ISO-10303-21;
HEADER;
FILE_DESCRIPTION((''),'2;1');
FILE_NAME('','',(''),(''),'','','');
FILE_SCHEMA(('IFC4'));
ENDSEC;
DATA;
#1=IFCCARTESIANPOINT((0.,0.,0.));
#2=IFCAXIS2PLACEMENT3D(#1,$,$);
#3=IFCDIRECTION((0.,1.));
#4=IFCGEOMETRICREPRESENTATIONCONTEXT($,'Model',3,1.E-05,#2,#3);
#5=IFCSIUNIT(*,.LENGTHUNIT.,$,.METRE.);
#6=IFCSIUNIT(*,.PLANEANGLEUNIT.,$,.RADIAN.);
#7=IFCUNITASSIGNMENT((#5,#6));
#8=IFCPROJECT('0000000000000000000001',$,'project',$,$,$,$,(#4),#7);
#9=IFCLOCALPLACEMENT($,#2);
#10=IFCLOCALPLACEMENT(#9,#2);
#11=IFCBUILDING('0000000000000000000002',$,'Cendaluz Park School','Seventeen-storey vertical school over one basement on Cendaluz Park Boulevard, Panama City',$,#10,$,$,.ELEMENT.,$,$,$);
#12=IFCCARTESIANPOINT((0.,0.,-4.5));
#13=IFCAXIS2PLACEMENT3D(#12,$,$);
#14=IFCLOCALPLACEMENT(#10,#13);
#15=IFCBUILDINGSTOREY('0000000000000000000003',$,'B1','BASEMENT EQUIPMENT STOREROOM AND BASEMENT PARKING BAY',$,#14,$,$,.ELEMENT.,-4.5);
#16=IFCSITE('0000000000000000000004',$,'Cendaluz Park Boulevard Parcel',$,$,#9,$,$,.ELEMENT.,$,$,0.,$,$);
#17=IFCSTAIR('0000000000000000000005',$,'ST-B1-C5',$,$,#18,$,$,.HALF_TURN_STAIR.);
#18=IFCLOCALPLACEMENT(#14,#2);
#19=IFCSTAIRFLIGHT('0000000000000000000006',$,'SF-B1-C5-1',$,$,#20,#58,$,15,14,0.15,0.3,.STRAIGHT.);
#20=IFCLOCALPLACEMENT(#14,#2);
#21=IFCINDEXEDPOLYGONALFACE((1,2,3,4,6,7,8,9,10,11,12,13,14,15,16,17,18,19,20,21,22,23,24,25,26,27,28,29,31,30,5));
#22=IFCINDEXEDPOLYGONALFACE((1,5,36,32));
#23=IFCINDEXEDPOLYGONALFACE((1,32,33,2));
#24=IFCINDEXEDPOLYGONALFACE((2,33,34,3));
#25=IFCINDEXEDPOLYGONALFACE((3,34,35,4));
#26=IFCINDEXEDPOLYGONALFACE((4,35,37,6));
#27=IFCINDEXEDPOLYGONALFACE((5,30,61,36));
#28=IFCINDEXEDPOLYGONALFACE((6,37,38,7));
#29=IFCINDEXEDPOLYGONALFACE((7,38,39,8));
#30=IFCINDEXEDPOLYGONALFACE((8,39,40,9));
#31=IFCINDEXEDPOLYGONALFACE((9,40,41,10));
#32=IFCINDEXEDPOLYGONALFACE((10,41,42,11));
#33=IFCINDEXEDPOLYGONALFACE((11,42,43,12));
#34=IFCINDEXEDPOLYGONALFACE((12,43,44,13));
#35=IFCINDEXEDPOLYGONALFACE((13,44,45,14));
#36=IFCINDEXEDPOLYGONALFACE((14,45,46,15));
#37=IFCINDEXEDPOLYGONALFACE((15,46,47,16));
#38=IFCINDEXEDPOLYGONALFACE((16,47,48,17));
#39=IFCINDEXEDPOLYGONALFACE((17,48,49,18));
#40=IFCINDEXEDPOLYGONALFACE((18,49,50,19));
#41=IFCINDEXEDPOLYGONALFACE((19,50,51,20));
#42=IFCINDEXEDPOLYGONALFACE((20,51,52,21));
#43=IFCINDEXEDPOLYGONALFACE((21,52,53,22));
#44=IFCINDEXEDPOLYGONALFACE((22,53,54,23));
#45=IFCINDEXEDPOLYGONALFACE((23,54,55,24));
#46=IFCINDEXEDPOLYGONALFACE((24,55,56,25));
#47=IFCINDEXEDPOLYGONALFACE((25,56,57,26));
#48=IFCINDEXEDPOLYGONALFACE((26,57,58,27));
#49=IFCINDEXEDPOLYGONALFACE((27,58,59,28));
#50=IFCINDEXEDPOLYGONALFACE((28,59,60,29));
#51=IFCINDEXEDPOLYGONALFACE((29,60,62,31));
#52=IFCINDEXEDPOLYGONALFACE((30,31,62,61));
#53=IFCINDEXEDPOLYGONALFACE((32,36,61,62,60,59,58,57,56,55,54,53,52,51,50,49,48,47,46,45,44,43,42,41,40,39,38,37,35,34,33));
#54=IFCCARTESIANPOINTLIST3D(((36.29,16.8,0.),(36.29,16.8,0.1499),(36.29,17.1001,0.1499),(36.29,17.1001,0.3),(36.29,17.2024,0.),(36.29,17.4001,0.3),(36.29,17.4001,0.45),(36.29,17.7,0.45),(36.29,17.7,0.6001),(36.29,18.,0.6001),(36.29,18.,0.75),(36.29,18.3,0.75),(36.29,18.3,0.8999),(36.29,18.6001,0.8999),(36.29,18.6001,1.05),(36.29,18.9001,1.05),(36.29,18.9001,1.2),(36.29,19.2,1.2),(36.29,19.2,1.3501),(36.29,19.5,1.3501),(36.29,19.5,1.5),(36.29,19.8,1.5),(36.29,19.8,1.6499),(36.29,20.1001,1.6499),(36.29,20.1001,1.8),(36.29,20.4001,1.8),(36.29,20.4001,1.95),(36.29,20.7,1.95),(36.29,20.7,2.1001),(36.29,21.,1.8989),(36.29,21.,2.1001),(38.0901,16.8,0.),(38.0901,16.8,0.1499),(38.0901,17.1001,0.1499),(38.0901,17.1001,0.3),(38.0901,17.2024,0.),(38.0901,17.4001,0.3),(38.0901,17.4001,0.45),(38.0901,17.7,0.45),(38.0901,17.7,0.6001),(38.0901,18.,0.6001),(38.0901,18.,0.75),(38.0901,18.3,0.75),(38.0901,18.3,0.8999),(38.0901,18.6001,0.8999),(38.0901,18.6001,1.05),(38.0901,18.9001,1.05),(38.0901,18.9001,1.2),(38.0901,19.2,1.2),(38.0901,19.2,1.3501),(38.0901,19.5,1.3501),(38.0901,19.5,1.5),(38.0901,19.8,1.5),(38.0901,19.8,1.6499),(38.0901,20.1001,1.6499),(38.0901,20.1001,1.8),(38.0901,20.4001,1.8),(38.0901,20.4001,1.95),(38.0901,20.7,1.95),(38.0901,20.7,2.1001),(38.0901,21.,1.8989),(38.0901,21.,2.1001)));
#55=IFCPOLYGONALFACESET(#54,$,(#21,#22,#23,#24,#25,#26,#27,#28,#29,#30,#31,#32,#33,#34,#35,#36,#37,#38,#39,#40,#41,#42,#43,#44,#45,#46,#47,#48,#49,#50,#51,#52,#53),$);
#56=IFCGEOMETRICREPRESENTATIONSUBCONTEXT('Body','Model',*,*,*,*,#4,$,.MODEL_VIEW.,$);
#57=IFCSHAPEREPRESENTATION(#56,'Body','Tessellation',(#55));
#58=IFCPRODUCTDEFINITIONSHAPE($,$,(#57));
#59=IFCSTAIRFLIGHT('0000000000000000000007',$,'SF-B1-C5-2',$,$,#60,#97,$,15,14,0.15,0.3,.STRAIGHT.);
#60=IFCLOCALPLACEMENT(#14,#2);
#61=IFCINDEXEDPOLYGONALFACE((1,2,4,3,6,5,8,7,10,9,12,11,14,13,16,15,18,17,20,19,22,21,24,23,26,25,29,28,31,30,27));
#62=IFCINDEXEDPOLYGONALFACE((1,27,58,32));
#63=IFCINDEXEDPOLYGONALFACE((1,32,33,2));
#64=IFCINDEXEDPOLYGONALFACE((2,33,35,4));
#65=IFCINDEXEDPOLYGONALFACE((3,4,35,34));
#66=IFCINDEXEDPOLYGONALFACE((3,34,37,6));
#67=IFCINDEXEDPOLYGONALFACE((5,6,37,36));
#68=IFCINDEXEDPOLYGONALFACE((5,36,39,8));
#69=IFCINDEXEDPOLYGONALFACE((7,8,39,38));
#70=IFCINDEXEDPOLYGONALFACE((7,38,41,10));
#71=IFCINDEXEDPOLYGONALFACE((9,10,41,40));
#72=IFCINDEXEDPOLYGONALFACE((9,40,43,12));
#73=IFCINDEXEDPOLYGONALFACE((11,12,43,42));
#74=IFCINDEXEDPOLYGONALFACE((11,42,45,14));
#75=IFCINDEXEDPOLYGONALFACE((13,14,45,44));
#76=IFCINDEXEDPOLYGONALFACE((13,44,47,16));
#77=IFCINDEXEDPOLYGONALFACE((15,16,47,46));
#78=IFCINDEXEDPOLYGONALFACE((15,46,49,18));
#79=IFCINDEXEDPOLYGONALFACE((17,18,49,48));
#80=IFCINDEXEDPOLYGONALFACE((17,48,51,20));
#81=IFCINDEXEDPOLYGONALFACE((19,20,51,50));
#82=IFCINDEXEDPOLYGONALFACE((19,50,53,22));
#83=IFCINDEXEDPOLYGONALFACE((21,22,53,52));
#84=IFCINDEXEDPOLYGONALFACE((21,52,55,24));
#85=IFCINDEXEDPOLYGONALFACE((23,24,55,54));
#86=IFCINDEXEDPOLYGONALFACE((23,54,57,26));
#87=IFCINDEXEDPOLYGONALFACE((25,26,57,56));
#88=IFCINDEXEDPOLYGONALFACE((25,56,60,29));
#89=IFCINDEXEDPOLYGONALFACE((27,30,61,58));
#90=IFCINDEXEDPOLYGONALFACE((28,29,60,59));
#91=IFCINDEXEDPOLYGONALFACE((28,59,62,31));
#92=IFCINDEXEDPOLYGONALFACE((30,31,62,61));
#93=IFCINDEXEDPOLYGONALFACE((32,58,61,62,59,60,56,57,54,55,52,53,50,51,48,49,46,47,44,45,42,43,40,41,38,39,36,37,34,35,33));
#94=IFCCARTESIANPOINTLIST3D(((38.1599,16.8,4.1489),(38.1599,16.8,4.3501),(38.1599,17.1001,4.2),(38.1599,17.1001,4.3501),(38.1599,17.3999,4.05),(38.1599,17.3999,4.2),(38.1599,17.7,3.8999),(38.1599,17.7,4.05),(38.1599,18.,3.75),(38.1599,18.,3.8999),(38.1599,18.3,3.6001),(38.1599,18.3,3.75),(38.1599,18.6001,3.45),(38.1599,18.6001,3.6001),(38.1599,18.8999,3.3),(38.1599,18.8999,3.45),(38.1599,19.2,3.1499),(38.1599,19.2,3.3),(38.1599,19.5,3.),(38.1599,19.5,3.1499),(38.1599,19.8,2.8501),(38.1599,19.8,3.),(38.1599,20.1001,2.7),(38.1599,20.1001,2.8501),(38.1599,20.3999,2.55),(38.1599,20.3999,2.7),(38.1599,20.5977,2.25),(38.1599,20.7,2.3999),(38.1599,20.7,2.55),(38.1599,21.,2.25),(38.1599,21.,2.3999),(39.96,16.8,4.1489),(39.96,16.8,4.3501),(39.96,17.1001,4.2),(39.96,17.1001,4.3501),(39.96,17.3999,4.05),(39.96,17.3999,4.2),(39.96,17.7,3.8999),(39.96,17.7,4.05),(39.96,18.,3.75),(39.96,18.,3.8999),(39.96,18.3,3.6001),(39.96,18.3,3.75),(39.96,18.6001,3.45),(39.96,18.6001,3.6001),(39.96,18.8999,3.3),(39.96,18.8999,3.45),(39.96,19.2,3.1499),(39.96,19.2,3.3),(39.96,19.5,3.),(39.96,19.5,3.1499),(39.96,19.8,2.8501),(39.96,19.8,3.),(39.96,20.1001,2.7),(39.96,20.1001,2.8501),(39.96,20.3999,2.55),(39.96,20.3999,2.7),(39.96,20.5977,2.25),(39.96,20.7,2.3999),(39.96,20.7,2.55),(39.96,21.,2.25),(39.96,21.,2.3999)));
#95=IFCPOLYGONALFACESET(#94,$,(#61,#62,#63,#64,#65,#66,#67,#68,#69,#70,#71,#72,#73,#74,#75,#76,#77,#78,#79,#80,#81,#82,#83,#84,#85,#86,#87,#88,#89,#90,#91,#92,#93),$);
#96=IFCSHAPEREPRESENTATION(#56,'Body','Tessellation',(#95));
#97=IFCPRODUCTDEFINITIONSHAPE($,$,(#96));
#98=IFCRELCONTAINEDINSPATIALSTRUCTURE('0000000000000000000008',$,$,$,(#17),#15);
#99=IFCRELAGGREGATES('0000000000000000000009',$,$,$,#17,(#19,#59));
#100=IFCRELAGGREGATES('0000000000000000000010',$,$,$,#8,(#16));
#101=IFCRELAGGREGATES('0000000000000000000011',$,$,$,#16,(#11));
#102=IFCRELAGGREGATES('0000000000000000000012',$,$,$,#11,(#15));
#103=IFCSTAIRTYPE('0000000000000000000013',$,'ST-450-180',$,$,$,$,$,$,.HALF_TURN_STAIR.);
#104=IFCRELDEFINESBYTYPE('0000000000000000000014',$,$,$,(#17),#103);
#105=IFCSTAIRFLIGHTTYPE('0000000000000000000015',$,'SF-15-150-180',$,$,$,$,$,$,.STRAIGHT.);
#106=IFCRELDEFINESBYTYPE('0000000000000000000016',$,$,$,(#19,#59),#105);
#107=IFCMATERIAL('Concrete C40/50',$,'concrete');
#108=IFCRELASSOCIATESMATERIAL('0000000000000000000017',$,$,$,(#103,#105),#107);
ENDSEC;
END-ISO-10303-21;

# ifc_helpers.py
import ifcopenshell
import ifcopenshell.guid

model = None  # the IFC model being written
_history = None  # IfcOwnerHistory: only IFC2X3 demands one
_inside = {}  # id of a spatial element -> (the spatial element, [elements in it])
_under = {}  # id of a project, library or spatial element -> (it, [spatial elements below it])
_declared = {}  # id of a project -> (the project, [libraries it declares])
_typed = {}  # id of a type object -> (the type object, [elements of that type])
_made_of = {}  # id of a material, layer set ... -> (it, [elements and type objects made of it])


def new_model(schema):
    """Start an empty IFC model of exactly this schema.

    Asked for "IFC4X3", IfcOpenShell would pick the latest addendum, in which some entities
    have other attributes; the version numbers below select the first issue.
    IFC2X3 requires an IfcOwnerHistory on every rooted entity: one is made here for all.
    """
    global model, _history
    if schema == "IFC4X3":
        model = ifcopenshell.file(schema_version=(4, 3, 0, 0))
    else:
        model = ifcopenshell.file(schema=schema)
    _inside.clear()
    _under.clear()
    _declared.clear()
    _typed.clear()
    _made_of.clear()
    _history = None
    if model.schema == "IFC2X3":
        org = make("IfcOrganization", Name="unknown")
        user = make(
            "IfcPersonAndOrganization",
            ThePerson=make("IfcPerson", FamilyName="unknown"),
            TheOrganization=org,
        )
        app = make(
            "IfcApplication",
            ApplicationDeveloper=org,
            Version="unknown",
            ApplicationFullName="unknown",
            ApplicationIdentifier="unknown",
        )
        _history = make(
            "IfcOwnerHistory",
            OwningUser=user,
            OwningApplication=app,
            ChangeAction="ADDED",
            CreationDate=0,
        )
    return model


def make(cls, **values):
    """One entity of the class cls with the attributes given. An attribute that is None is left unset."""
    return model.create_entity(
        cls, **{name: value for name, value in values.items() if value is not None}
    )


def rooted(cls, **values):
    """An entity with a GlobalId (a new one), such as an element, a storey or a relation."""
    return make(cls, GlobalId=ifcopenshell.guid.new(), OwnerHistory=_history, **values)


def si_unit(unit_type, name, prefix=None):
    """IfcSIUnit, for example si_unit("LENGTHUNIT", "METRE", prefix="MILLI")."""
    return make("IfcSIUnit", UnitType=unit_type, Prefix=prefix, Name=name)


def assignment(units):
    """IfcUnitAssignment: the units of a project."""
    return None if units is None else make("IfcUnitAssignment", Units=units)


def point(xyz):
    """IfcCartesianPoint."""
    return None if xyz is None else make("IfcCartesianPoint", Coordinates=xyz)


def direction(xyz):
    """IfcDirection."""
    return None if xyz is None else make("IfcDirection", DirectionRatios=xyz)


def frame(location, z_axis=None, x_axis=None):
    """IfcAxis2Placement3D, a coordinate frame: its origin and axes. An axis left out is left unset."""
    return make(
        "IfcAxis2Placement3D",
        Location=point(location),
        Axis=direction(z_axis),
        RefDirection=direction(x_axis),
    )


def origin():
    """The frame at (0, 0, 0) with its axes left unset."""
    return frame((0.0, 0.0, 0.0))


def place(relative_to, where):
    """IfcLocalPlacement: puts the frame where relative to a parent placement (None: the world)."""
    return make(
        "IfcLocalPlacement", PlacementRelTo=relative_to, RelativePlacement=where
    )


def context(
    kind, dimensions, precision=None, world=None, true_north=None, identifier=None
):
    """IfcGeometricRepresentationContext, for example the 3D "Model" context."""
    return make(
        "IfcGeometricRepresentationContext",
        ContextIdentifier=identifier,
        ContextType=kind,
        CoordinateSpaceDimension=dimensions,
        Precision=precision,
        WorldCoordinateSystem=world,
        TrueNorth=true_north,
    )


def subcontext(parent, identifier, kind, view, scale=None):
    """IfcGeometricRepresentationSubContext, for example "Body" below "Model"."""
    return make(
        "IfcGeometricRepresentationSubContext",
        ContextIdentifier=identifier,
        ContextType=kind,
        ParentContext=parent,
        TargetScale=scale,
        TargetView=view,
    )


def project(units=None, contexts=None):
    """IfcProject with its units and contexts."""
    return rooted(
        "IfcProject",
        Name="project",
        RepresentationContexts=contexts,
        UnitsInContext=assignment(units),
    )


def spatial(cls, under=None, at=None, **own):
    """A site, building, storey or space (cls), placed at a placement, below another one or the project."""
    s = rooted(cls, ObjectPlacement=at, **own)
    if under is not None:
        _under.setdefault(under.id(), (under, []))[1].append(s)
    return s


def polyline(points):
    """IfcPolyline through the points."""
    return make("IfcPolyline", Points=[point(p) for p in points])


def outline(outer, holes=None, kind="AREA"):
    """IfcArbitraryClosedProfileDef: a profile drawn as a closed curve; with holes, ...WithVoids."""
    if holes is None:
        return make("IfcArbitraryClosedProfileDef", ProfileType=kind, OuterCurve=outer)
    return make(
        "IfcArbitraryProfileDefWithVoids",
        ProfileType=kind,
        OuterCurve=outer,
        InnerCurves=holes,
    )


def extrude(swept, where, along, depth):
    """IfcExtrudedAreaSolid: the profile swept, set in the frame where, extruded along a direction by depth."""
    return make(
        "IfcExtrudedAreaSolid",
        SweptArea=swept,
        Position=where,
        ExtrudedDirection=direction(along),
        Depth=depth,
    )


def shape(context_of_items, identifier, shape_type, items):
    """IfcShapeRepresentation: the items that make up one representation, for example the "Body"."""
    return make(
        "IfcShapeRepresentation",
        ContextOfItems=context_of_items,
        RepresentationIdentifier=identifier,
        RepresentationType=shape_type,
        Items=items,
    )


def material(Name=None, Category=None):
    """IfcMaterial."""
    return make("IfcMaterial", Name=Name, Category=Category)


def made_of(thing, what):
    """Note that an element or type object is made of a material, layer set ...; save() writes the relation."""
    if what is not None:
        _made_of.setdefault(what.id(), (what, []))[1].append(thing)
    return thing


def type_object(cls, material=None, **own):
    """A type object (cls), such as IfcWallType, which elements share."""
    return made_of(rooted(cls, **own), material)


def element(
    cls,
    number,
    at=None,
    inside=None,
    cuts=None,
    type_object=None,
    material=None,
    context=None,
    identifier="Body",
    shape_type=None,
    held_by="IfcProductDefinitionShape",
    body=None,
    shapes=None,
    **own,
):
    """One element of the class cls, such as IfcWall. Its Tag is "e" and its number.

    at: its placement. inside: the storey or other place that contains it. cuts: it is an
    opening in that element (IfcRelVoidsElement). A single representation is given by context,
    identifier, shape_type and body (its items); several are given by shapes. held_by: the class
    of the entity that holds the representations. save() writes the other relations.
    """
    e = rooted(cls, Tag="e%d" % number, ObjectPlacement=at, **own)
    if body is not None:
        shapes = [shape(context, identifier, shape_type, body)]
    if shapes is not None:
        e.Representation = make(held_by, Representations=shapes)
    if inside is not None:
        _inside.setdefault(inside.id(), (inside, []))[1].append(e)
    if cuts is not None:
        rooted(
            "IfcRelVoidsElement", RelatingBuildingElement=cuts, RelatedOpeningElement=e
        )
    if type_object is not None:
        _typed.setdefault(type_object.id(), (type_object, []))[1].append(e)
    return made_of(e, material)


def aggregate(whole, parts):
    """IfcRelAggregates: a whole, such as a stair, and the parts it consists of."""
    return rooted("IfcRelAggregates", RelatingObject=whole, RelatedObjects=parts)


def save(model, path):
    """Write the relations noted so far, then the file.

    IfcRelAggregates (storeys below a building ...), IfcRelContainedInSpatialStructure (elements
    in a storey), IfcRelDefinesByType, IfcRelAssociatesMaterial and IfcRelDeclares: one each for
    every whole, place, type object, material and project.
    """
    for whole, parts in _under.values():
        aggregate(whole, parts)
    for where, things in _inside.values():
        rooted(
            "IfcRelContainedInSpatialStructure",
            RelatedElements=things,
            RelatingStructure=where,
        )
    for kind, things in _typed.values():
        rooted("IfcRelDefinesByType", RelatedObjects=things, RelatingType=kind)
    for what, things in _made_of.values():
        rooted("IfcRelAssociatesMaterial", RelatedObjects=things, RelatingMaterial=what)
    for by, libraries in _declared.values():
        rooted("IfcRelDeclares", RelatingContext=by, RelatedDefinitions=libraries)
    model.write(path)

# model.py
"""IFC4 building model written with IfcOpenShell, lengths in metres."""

from ifc_helpers import new_model, si_unit, direction, frame, origin, place, context, subcontext, project, spatial, polyline, outline, extrude, material, type_object, element, aggregate, save


model = new_model("IFC4")

# Units and contexts
model_context = context("Model", 3, precision=1e-05, world=origin(), true_north=direction((0.0, 1.0)))
body_context = subcontext(model_context, "Body", "Model", "MODEL_VIEW")
ifc_project = project(units=[si_unit("LENGTHUNIT", "METRE"), si_unit("PLANEANGLEUNIT", "RADIAN")], contexts=[model_context])

# Site, building, storey
site_placement = place(None, origin())
site = spatial("IfcSite", under=ifc_project, at=site_placement, Name="Cendaluz Park Boulevard Parcel", CompositionType="ELEMENT", RefElevation=0.0)
building_placement = place(site_placement, origin())
building = spatial("IfcBuilding", under=site, at=building_placement, Name="Cendaluz Park School", Description="Seventeen-storey vertical school over one basement on Cendaluz Park Boulevard, Panama City", CompositionType="ELEMENT")
storey_placement = place(building_placement, frame((0.0, 0.0, -4.5)))
storey = spatial("IfcBuildingStorey", under=building, at=storey_placement, Name="B1", Description="BASEMENT EQUIPMENT STOREROOM AND BASEMENT PARKING BAY", CompositionType="ELEMENT", Elevation=-4.5)

# Shared definitions
ifc_material_1 = material(Name="Concrete C40/50", Category="concrete")

# Stair, stair flights
stair_type = type_object("IfcStairType", Name="ST-450-180", PredefinedType="HALF_TURN_STAIR", material=ifc_material_1)
stair_placement = place(storey_placement, origin())
stair = element("IfcStair", 1, at=stair_placement, inside=storey, type_object=stair_type, Name="ST-B1-C5", PredefinedType="HALF_TURN_STAIR")
stair_flight_type = type_object("IfcStairFlightType", Name="SF-15-150-180", PredefinedType="STRAIGHT", material=ifc_material_1)
stair_flight_1_placement = place(storey_placement, frame((37.1899, 16.8, 0.0), z_axis=(0.0, 0.0, 1.0), x_axis=(0.0, 1.0, 0.0)))
stair_flight_1 = element("IfcStairFlight", 2, at=stair_flight_1_placement, type_object=stair_flight_type, Name="SF-B1-C5-1", NumberOfRisers=15, NumberOfTreads=14, PredefinedType="STRAIGHT", RiserHeight=0.15, TreadLength=0.3, context=body_context, shape_type="SweptSolid", body=[
    extrude(outline(polyline([(0.0, 0.0), (0.0, 0.1499), (0.3, 0.1499), (0.3, 0.3), (0.6001, 0.3), (0.6001, 0.45), (0.8999, 0.45), (0.8999, 0.6001), (1.2, 0.6001), (1.2, 0.75), (1.5, 0.75), (1.5, 0.8999), (1.8, 0.8999), (1.8, 1.05), (2.1001, 1.05), (2.1001, 1.2), (2.3999, 1.2), (2.3999, 1.3501), (2.7, 1.3501), (2.7, 1.5), (3.0, 1.5), (3.0, 1.6499), (3.3, 1.6499), (3.3, 1.8), (3.6001, 1.8), (3.6001, 1.95), (3.8999, 1.95), (3.8999, 2.1001), (4.2, 2.1001), (4.2, 2.25), (4.2, 1.8989), (0.4023, 0.0), (0.0, 0.0)])), frame((0.0, 0.8999, 0.0), z_axis=(0.0, -1.0, 0.0), x_axis=(1.0, 0.0, 0.0)), (0.0, 0.0, 1.0), 1.8),
])
stair_flight_2_placement = place(storey_placement, frame((39.0601, 21.0, 2.25), z_axis=(0.0, 0.0, 1.0), x_axis=(0.0, -1.0, 0.0)))
stair_flight_2 = element("IfcStairFlight", 3, at=stair_flight_2_placement, type_object=stair_flight_type, Name="SF-B1-C5-2", NumberOfRisers=15, NumberOfTreads=14, PredefinedType="STRAIGHT", RiserHeight=0.15, TreadLength=0.3, context=body_context, shape_type="SweptSolid", body=[
    extrude(outline(polyline([(0.0, 0.0), (0.0, 0.1499), (0.3, 0.1499), (0.3, 0.3), (0.6001, 0.3), (0.6001, 0.45), (0.8999, 0.45), (0.8999, 0.6001), (1.2, 0.6001), (1.2, 0.75), (1.5, 0.75), (1.5, 0.8999), (1.8, 0.8999), (1.8, 1.05), (2.1001, 1.05), (2.1001, 1.2), (2.3999, 1.2), (2.3999, 1.3501), (2.7, 1.3501), (2.7, 1.5), (3.0, 1.5), (3.0, 1.6499), (3.3, 1.6499), (3.3, 1.8), (3.6001, 1.8), (3.6001, 1.95), (3.8999, 1.95), (3.8999, 2.1001), (4.2, 2.1001), (4.2, 2.25), (4.2, 1.8989), (0.4023, 0.0), (0.0, 0.0)])), frame((0.0, 0.8999, 0.0), z_axis=(0.0, -1.0, 0.0), x_axis=(1.0, 0.0, 0.0)), (0.0, 0.0, 1.0), 1.8),
])
aggregate(stair, [stair_flight_1, stair_flight_2])

save(model, "model.ifc")
